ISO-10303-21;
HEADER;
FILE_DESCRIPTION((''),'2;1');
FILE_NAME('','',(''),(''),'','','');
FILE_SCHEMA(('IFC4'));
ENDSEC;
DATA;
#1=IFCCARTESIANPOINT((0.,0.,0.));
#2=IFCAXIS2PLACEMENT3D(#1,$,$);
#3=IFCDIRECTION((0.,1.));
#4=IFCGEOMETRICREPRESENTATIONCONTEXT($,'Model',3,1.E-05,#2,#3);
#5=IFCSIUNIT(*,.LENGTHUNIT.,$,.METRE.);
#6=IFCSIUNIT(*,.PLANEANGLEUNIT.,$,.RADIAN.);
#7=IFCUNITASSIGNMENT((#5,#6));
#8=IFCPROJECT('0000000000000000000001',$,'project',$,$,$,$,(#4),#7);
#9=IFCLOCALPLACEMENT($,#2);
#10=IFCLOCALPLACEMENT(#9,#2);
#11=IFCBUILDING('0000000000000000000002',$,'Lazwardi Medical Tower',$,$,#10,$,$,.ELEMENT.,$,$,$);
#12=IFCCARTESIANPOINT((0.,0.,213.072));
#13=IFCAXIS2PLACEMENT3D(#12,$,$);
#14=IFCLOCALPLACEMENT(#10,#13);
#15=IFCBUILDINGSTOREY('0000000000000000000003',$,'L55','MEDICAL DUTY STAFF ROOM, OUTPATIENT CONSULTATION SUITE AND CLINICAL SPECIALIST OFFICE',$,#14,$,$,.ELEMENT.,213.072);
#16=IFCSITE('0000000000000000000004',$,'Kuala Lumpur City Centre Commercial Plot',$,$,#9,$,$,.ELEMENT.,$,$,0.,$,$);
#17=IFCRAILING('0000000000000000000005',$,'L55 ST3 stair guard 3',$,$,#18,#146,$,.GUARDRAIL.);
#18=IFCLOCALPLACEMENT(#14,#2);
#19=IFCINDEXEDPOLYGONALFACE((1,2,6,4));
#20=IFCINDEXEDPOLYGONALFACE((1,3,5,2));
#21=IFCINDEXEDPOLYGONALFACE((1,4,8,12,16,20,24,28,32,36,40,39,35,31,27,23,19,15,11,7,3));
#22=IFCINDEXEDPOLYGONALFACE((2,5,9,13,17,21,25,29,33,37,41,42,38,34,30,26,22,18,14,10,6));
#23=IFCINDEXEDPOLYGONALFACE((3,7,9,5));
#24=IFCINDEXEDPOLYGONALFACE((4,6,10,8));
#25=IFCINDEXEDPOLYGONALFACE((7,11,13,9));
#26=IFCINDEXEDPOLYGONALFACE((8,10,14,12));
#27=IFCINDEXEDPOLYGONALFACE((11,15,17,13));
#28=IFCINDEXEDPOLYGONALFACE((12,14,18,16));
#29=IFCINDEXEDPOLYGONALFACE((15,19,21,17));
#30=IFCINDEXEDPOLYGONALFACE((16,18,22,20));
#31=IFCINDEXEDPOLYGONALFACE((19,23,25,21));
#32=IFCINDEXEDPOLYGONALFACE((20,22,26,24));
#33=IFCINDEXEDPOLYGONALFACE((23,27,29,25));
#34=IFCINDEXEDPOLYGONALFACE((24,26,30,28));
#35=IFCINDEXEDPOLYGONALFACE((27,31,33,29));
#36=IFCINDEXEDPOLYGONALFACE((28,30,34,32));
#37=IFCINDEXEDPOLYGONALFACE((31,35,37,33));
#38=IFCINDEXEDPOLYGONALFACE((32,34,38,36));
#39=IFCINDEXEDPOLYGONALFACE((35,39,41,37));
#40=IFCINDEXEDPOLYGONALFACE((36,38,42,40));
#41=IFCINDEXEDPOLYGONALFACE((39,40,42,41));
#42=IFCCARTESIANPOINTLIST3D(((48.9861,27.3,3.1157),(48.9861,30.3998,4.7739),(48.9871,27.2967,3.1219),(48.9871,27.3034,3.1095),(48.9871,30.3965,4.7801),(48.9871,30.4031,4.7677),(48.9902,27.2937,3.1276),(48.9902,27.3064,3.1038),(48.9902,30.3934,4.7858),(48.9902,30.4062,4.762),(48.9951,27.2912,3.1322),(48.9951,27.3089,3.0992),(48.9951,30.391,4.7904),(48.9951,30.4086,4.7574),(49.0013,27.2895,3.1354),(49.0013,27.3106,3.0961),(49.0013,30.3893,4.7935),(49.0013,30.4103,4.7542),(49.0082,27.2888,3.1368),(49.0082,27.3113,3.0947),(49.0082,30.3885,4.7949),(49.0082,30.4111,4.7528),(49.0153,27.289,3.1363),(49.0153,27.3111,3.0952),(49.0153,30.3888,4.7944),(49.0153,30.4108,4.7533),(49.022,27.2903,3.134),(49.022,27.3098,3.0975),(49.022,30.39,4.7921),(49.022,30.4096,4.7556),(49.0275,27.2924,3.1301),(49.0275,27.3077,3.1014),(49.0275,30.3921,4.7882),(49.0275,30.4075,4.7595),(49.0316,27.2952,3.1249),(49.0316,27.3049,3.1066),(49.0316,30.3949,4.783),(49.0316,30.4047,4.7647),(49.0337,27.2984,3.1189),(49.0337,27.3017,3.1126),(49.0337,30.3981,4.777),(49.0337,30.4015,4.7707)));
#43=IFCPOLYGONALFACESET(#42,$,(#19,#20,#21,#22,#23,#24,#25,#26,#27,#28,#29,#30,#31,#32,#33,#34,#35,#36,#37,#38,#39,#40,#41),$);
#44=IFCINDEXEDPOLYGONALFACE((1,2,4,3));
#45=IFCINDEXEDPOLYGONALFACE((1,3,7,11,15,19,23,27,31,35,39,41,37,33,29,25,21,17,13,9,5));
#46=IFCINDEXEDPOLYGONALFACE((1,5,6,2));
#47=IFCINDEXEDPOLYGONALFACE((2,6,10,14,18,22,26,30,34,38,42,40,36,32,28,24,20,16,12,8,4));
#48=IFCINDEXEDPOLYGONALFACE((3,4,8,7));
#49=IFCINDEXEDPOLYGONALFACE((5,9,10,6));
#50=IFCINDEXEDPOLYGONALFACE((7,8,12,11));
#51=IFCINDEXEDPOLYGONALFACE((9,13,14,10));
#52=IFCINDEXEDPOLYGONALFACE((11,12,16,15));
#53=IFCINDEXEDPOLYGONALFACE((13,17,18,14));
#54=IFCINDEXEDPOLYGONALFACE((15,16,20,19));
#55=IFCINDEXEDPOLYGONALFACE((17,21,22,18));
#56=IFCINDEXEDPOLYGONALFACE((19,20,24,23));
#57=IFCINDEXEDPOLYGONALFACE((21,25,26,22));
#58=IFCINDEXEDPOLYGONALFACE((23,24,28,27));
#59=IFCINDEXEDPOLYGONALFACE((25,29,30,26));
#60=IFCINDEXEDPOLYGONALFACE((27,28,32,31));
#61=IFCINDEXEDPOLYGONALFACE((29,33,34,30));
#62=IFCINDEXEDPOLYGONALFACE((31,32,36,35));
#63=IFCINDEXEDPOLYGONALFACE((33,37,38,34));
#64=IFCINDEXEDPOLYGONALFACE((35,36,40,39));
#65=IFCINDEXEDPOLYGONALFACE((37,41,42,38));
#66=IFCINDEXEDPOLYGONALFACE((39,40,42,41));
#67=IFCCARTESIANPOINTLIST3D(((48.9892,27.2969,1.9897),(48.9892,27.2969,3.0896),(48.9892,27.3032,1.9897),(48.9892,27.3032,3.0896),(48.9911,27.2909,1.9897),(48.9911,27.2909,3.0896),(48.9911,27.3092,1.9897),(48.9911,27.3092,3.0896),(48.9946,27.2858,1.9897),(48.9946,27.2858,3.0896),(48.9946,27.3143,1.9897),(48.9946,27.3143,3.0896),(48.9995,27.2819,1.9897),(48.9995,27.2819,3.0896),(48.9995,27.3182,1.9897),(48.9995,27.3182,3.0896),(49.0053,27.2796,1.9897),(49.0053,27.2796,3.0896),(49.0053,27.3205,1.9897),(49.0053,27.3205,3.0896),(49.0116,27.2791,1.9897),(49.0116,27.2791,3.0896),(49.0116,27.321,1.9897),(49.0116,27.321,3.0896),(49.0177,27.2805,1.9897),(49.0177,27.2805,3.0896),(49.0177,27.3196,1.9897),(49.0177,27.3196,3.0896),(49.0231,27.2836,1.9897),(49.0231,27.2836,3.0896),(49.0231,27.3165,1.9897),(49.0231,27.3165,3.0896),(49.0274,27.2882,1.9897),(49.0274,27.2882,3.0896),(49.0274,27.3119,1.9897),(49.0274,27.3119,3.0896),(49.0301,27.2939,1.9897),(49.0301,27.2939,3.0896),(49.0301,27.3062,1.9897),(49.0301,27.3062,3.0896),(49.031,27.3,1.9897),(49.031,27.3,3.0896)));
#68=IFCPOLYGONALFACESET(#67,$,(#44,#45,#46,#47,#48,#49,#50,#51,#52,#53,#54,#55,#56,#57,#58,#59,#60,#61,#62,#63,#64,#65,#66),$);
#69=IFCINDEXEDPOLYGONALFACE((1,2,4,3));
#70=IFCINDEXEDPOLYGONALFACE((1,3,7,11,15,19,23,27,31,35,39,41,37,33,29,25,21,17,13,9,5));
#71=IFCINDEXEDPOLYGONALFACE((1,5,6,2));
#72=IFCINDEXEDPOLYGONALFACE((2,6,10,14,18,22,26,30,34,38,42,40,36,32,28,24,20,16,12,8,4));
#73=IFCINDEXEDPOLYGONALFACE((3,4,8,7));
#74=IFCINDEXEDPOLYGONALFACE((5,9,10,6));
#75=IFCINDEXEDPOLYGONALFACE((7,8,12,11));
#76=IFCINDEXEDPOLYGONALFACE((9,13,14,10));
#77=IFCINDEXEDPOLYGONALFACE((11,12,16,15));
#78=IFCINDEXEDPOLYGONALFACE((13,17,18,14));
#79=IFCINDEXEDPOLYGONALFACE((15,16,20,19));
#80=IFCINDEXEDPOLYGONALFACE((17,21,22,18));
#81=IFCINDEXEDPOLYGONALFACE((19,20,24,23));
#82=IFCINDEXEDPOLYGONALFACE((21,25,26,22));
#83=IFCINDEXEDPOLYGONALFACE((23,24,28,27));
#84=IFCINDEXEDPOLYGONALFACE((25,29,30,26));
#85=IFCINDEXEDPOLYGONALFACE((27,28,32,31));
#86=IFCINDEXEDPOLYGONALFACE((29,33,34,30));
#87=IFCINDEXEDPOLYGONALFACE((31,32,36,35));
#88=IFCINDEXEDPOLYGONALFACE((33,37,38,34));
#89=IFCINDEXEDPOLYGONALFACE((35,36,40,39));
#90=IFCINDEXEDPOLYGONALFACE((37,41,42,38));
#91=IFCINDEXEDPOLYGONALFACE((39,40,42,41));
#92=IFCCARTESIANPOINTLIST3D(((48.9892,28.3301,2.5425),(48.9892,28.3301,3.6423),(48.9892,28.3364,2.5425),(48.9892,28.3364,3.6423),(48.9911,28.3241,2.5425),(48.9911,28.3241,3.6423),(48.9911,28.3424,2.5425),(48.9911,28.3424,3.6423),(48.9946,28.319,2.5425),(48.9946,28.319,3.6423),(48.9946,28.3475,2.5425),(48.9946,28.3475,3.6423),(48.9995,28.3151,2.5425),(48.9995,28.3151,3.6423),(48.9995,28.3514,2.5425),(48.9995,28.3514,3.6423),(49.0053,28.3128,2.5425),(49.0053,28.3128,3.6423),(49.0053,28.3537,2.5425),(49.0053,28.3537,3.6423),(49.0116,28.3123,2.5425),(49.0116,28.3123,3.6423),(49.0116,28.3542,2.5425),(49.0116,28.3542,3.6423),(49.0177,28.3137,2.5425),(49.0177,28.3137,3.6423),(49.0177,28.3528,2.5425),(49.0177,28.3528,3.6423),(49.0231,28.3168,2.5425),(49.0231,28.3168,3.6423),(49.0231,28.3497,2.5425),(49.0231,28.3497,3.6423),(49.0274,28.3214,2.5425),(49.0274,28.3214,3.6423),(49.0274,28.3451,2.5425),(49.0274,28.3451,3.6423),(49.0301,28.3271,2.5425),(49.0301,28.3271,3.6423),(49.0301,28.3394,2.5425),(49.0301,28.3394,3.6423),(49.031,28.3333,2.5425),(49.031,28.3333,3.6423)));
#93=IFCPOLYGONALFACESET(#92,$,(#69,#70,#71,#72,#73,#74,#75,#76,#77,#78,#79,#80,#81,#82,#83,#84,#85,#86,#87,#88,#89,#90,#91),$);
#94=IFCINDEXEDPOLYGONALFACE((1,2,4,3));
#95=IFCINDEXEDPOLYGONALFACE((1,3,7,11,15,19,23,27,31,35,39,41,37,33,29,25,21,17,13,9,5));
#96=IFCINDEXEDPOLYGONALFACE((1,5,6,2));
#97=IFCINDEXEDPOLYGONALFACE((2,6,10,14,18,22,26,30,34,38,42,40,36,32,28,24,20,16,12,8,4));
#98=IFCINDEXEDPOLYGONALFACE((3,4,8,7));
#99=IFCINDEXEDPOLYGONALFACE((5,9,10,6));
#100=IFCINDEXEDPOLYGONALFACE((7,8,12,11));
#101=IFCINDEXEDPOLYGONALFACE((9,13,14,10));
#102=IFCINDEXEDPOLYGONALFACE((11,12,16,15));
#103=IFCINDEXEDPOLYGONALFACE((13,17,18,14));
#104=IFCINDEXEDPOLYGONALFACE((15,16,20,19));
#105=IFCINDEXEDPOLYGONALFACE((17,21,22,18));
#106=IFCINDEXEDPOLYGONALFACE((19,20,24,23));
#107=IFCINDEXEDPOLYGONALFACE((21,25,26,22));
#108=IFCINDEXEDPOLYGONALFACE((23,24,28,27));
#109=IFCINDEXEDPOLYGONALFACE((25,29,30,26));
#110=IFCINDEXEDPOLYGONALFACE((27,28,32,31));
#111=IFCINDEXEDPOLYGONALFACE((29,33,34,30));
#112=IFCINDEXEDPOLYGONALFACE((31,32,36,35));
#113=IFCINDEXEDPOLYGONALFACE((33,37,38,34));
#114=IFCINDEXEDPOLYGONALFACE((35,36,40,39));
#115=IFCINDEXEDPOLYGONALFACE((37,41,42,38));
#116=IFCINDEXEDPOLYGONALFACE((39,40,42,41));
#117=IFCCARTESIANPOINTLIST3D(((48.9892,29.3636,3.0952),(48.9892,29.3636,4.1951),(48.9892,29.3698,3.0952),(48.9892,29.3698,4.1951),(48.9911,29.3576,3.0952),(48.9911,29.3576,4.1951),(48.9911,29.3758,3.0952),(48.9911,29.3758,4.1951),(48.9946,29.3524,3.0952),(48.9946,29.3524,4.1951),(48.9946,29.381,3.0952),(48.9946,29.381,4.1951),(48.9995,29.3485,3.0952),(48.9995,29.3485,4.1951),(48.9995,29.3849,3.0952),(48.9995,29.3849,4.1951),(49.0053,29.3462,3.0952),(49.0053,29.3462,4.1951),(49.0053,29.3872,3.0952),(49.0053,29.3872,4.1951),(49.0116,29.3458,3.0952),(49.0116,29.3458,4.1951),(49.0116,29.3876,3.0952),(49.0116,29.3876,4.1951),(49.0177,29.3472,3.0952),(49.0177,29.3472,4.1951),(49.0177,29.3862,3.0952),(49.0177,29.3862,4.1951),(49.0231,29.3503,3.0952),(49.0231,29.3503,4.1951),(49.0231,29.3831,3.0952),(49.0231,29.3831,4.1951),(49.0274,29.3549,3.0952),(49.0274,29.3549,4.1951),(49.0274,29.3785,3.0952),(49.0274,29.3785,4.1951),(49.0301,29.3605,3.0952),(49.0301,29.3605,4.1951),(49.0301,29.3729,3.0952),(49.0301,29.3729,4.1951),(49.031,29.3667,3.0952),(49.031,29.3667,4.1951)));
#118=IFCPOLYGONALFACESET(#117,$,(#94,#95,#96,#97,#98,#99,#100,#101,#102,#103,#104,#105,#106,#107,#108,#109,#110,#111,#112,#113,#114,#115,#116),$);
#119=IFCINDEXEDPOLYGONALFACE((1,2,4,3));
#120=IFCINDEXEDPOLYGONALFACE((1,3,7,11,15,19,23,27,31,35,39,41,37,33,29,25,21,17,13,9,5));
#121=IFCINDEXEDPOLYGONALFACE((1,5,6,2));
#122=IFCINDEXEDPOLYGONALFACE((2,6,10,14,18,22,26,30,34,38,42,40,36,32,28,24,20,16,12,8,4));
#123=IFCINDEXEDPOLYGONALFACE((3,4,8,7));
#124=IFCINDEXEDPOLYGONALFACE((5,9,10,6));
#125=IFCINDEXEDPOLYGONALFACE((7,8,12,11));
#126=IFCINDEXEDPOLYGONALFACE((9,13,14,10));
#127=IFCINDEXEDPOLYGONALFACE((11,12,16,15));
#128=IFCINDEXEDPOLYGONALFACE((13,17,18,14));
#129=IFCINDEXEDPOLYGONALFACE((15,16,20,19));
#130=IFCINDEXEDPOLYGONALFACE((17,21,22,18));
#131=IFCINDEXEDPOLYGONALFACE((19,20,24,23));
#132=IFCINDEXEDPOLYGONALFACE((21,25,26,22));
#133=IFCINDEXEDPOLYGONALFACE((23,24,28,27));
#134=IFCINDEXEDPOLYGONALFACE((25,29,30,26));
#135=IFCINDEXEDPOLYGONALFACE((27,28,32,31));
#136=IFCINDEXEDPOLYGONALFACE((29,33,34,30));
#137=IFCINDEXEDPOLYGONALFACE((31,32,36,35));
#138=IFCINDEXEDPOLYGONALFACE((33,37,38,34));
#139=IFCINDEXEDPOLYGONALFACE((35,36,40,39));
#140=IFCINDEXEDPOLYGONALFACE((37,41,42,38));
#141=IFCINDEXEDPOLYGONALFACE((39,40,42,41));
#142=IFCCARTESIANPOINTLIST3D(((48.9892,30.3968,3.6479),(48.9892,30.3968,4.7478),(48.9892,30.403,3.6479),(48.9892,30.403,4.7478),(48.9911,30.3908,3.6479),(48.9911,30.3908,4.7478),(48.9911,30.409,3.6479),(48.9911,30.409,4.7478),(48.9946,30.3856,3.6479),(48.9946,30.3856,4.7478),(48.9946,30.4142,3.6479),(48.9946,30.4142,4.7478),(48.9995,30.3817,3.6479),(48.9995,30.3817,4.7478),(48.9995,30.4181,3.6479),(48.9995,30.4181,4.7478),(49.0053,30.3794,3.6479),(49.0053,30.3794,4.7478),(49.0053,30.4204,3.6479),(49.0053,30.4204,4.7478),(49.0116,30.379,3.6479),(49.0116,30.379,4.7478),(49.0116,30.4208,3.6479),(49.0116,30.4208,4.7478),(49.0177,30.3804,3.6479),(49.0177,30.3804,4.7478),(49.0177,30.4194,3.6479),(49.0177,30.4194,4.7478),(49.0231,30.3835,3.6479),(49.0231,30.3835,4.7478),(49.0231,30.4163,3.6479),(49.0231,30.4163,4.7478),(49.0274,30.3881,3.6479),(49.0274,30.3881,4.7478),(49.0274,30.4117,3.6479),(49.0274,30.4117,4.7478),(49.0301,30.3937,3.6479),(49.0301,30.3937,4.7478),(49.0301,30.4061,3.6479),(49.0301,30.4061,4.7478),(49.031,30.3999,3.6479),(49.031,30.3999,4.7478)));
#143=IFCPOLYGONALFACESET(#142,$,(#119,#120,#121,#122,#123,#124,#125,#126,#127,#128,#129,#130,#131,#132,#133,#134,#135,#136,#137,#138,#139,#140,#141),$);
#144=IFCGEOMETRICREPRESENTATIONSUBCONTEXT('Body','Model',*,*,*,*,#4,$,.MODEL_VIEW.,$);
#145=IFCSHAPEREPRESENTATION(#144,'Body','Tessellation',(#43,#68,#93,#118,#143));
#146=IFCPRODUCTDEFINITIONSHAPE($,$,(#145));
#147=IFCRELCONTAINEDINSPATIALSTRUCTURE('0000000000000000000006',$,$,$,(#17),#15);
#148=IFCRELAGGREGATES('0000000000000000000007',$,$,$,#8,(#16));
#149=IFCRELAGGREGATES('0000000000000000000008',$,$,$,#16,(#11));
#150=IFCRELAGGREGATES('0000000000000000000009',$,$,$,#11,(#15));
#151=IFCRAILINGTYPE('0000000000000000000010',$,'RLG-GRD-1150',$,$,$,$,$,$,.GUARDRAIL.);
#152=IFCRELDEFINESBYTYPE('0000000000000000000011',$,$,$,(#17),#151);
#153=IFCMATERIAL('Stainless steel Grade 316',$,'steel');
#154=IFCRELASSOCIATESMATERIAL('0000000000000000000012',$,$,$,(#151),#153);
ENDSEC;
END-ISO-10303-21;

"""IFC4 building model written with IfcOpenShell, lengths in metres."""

from ifc_helpers import new_model, si_unit, direction, frame, origin, origin_2d, place, context, subcontext, project, spatial, circle, extrude, material, type_object, element, save


model = new_model("IFC4")

# Units and contexts
model_context = context("Model", 3, precision=1e-05, world=origin(), true_north=direction((0.0, 1.0)))
body_context = subcontext(model_context, "Body", "Model", "MODEL_VIEW")
ifc_project = project(units=[si_unit("LENGTHUNIT", "METRE"), si_unit("PLANEANGLEUNIT", "RADIAN")], contexts=[model_context])

# Site, building, storey
site_placement = place(None, origin())
site = spatial("IfcSite", under=ifc_project, at=site_placement, Name="Kuala Lumpur City Centre Commercial Plot", CompositionType="ELEMENT", RefElevation=0.0)
building_placement = place(site_placement, origin())
building = spatial("IfcBuilding", under=site, at=building_placement, Name="Lazwardi Medical Tower", CompositionType="ELEMENT")
storey_placement = place(building_placement, frame((0.0, 0.0, 213.072)))
storey = spatial("IfcBuildingStorey", under=building, at=storey_placement, Name="L55", Description="MEDICAL DUTY STAFF ROOM, OUTPATIENT CONSULTATION SUITE AND CLINICAL SPECIALIST OFFICE", CompositionType="ELEMENT", Elevation=213.072)

# Railing
ifc_material_1 = material(Name="Stainless steel Grade 316", Category="steel")
railing_type_1 = type_object("IfcRailingType", Name="RLG-GRD-1150", PredefinedType="GUARDRAIL", material=ifc_material_1)
railing_1_placement = place(storey_placement, frame((49.01, 27.3, 1.9897)))
element("IfcRailing", 1, at=railing_1_placement, inside=storey, type_object=railing_type_1, Name="L55 ST3 stair guard 3", PredefinedType="GUARDRAIL", context=body_context, shape_type="SweptSolid", body=[
    extrude(circle(Radius=0.0239, at=origin_2d()), frame((0.0, 0.0, 1.126), z_axis=(0.0, 0.881768, 0.471684), x_axis=(-1.0, 0.0, 0.0)), (0.0, 0.0, 1.0), 3.5154),
    extrude(circle(Radius=0.021, at=origin_2d()), origin(), (0.0, 0.0, 1.0), 1.0999),
    extrude(circle(Radius=0.021, at=origin_2d()), frame((0.0, 1.0332, 0.5527)), (0.0, 0.0, 1.0), 1.0999),
    extrude(circle(Radius=0.021, at=origin_2d()), frame((0.0, 2.0667, 1.1055)), (0.0, 0.0, 1.0), 1.0999),
    extrude(circle(Radius=0.021, at=origin_2d()), frame((0.0, 3.0999, 1.6582)), (0.0, 0.0, 1.0), 1.0999),
])

save(model, "model.ifc")
